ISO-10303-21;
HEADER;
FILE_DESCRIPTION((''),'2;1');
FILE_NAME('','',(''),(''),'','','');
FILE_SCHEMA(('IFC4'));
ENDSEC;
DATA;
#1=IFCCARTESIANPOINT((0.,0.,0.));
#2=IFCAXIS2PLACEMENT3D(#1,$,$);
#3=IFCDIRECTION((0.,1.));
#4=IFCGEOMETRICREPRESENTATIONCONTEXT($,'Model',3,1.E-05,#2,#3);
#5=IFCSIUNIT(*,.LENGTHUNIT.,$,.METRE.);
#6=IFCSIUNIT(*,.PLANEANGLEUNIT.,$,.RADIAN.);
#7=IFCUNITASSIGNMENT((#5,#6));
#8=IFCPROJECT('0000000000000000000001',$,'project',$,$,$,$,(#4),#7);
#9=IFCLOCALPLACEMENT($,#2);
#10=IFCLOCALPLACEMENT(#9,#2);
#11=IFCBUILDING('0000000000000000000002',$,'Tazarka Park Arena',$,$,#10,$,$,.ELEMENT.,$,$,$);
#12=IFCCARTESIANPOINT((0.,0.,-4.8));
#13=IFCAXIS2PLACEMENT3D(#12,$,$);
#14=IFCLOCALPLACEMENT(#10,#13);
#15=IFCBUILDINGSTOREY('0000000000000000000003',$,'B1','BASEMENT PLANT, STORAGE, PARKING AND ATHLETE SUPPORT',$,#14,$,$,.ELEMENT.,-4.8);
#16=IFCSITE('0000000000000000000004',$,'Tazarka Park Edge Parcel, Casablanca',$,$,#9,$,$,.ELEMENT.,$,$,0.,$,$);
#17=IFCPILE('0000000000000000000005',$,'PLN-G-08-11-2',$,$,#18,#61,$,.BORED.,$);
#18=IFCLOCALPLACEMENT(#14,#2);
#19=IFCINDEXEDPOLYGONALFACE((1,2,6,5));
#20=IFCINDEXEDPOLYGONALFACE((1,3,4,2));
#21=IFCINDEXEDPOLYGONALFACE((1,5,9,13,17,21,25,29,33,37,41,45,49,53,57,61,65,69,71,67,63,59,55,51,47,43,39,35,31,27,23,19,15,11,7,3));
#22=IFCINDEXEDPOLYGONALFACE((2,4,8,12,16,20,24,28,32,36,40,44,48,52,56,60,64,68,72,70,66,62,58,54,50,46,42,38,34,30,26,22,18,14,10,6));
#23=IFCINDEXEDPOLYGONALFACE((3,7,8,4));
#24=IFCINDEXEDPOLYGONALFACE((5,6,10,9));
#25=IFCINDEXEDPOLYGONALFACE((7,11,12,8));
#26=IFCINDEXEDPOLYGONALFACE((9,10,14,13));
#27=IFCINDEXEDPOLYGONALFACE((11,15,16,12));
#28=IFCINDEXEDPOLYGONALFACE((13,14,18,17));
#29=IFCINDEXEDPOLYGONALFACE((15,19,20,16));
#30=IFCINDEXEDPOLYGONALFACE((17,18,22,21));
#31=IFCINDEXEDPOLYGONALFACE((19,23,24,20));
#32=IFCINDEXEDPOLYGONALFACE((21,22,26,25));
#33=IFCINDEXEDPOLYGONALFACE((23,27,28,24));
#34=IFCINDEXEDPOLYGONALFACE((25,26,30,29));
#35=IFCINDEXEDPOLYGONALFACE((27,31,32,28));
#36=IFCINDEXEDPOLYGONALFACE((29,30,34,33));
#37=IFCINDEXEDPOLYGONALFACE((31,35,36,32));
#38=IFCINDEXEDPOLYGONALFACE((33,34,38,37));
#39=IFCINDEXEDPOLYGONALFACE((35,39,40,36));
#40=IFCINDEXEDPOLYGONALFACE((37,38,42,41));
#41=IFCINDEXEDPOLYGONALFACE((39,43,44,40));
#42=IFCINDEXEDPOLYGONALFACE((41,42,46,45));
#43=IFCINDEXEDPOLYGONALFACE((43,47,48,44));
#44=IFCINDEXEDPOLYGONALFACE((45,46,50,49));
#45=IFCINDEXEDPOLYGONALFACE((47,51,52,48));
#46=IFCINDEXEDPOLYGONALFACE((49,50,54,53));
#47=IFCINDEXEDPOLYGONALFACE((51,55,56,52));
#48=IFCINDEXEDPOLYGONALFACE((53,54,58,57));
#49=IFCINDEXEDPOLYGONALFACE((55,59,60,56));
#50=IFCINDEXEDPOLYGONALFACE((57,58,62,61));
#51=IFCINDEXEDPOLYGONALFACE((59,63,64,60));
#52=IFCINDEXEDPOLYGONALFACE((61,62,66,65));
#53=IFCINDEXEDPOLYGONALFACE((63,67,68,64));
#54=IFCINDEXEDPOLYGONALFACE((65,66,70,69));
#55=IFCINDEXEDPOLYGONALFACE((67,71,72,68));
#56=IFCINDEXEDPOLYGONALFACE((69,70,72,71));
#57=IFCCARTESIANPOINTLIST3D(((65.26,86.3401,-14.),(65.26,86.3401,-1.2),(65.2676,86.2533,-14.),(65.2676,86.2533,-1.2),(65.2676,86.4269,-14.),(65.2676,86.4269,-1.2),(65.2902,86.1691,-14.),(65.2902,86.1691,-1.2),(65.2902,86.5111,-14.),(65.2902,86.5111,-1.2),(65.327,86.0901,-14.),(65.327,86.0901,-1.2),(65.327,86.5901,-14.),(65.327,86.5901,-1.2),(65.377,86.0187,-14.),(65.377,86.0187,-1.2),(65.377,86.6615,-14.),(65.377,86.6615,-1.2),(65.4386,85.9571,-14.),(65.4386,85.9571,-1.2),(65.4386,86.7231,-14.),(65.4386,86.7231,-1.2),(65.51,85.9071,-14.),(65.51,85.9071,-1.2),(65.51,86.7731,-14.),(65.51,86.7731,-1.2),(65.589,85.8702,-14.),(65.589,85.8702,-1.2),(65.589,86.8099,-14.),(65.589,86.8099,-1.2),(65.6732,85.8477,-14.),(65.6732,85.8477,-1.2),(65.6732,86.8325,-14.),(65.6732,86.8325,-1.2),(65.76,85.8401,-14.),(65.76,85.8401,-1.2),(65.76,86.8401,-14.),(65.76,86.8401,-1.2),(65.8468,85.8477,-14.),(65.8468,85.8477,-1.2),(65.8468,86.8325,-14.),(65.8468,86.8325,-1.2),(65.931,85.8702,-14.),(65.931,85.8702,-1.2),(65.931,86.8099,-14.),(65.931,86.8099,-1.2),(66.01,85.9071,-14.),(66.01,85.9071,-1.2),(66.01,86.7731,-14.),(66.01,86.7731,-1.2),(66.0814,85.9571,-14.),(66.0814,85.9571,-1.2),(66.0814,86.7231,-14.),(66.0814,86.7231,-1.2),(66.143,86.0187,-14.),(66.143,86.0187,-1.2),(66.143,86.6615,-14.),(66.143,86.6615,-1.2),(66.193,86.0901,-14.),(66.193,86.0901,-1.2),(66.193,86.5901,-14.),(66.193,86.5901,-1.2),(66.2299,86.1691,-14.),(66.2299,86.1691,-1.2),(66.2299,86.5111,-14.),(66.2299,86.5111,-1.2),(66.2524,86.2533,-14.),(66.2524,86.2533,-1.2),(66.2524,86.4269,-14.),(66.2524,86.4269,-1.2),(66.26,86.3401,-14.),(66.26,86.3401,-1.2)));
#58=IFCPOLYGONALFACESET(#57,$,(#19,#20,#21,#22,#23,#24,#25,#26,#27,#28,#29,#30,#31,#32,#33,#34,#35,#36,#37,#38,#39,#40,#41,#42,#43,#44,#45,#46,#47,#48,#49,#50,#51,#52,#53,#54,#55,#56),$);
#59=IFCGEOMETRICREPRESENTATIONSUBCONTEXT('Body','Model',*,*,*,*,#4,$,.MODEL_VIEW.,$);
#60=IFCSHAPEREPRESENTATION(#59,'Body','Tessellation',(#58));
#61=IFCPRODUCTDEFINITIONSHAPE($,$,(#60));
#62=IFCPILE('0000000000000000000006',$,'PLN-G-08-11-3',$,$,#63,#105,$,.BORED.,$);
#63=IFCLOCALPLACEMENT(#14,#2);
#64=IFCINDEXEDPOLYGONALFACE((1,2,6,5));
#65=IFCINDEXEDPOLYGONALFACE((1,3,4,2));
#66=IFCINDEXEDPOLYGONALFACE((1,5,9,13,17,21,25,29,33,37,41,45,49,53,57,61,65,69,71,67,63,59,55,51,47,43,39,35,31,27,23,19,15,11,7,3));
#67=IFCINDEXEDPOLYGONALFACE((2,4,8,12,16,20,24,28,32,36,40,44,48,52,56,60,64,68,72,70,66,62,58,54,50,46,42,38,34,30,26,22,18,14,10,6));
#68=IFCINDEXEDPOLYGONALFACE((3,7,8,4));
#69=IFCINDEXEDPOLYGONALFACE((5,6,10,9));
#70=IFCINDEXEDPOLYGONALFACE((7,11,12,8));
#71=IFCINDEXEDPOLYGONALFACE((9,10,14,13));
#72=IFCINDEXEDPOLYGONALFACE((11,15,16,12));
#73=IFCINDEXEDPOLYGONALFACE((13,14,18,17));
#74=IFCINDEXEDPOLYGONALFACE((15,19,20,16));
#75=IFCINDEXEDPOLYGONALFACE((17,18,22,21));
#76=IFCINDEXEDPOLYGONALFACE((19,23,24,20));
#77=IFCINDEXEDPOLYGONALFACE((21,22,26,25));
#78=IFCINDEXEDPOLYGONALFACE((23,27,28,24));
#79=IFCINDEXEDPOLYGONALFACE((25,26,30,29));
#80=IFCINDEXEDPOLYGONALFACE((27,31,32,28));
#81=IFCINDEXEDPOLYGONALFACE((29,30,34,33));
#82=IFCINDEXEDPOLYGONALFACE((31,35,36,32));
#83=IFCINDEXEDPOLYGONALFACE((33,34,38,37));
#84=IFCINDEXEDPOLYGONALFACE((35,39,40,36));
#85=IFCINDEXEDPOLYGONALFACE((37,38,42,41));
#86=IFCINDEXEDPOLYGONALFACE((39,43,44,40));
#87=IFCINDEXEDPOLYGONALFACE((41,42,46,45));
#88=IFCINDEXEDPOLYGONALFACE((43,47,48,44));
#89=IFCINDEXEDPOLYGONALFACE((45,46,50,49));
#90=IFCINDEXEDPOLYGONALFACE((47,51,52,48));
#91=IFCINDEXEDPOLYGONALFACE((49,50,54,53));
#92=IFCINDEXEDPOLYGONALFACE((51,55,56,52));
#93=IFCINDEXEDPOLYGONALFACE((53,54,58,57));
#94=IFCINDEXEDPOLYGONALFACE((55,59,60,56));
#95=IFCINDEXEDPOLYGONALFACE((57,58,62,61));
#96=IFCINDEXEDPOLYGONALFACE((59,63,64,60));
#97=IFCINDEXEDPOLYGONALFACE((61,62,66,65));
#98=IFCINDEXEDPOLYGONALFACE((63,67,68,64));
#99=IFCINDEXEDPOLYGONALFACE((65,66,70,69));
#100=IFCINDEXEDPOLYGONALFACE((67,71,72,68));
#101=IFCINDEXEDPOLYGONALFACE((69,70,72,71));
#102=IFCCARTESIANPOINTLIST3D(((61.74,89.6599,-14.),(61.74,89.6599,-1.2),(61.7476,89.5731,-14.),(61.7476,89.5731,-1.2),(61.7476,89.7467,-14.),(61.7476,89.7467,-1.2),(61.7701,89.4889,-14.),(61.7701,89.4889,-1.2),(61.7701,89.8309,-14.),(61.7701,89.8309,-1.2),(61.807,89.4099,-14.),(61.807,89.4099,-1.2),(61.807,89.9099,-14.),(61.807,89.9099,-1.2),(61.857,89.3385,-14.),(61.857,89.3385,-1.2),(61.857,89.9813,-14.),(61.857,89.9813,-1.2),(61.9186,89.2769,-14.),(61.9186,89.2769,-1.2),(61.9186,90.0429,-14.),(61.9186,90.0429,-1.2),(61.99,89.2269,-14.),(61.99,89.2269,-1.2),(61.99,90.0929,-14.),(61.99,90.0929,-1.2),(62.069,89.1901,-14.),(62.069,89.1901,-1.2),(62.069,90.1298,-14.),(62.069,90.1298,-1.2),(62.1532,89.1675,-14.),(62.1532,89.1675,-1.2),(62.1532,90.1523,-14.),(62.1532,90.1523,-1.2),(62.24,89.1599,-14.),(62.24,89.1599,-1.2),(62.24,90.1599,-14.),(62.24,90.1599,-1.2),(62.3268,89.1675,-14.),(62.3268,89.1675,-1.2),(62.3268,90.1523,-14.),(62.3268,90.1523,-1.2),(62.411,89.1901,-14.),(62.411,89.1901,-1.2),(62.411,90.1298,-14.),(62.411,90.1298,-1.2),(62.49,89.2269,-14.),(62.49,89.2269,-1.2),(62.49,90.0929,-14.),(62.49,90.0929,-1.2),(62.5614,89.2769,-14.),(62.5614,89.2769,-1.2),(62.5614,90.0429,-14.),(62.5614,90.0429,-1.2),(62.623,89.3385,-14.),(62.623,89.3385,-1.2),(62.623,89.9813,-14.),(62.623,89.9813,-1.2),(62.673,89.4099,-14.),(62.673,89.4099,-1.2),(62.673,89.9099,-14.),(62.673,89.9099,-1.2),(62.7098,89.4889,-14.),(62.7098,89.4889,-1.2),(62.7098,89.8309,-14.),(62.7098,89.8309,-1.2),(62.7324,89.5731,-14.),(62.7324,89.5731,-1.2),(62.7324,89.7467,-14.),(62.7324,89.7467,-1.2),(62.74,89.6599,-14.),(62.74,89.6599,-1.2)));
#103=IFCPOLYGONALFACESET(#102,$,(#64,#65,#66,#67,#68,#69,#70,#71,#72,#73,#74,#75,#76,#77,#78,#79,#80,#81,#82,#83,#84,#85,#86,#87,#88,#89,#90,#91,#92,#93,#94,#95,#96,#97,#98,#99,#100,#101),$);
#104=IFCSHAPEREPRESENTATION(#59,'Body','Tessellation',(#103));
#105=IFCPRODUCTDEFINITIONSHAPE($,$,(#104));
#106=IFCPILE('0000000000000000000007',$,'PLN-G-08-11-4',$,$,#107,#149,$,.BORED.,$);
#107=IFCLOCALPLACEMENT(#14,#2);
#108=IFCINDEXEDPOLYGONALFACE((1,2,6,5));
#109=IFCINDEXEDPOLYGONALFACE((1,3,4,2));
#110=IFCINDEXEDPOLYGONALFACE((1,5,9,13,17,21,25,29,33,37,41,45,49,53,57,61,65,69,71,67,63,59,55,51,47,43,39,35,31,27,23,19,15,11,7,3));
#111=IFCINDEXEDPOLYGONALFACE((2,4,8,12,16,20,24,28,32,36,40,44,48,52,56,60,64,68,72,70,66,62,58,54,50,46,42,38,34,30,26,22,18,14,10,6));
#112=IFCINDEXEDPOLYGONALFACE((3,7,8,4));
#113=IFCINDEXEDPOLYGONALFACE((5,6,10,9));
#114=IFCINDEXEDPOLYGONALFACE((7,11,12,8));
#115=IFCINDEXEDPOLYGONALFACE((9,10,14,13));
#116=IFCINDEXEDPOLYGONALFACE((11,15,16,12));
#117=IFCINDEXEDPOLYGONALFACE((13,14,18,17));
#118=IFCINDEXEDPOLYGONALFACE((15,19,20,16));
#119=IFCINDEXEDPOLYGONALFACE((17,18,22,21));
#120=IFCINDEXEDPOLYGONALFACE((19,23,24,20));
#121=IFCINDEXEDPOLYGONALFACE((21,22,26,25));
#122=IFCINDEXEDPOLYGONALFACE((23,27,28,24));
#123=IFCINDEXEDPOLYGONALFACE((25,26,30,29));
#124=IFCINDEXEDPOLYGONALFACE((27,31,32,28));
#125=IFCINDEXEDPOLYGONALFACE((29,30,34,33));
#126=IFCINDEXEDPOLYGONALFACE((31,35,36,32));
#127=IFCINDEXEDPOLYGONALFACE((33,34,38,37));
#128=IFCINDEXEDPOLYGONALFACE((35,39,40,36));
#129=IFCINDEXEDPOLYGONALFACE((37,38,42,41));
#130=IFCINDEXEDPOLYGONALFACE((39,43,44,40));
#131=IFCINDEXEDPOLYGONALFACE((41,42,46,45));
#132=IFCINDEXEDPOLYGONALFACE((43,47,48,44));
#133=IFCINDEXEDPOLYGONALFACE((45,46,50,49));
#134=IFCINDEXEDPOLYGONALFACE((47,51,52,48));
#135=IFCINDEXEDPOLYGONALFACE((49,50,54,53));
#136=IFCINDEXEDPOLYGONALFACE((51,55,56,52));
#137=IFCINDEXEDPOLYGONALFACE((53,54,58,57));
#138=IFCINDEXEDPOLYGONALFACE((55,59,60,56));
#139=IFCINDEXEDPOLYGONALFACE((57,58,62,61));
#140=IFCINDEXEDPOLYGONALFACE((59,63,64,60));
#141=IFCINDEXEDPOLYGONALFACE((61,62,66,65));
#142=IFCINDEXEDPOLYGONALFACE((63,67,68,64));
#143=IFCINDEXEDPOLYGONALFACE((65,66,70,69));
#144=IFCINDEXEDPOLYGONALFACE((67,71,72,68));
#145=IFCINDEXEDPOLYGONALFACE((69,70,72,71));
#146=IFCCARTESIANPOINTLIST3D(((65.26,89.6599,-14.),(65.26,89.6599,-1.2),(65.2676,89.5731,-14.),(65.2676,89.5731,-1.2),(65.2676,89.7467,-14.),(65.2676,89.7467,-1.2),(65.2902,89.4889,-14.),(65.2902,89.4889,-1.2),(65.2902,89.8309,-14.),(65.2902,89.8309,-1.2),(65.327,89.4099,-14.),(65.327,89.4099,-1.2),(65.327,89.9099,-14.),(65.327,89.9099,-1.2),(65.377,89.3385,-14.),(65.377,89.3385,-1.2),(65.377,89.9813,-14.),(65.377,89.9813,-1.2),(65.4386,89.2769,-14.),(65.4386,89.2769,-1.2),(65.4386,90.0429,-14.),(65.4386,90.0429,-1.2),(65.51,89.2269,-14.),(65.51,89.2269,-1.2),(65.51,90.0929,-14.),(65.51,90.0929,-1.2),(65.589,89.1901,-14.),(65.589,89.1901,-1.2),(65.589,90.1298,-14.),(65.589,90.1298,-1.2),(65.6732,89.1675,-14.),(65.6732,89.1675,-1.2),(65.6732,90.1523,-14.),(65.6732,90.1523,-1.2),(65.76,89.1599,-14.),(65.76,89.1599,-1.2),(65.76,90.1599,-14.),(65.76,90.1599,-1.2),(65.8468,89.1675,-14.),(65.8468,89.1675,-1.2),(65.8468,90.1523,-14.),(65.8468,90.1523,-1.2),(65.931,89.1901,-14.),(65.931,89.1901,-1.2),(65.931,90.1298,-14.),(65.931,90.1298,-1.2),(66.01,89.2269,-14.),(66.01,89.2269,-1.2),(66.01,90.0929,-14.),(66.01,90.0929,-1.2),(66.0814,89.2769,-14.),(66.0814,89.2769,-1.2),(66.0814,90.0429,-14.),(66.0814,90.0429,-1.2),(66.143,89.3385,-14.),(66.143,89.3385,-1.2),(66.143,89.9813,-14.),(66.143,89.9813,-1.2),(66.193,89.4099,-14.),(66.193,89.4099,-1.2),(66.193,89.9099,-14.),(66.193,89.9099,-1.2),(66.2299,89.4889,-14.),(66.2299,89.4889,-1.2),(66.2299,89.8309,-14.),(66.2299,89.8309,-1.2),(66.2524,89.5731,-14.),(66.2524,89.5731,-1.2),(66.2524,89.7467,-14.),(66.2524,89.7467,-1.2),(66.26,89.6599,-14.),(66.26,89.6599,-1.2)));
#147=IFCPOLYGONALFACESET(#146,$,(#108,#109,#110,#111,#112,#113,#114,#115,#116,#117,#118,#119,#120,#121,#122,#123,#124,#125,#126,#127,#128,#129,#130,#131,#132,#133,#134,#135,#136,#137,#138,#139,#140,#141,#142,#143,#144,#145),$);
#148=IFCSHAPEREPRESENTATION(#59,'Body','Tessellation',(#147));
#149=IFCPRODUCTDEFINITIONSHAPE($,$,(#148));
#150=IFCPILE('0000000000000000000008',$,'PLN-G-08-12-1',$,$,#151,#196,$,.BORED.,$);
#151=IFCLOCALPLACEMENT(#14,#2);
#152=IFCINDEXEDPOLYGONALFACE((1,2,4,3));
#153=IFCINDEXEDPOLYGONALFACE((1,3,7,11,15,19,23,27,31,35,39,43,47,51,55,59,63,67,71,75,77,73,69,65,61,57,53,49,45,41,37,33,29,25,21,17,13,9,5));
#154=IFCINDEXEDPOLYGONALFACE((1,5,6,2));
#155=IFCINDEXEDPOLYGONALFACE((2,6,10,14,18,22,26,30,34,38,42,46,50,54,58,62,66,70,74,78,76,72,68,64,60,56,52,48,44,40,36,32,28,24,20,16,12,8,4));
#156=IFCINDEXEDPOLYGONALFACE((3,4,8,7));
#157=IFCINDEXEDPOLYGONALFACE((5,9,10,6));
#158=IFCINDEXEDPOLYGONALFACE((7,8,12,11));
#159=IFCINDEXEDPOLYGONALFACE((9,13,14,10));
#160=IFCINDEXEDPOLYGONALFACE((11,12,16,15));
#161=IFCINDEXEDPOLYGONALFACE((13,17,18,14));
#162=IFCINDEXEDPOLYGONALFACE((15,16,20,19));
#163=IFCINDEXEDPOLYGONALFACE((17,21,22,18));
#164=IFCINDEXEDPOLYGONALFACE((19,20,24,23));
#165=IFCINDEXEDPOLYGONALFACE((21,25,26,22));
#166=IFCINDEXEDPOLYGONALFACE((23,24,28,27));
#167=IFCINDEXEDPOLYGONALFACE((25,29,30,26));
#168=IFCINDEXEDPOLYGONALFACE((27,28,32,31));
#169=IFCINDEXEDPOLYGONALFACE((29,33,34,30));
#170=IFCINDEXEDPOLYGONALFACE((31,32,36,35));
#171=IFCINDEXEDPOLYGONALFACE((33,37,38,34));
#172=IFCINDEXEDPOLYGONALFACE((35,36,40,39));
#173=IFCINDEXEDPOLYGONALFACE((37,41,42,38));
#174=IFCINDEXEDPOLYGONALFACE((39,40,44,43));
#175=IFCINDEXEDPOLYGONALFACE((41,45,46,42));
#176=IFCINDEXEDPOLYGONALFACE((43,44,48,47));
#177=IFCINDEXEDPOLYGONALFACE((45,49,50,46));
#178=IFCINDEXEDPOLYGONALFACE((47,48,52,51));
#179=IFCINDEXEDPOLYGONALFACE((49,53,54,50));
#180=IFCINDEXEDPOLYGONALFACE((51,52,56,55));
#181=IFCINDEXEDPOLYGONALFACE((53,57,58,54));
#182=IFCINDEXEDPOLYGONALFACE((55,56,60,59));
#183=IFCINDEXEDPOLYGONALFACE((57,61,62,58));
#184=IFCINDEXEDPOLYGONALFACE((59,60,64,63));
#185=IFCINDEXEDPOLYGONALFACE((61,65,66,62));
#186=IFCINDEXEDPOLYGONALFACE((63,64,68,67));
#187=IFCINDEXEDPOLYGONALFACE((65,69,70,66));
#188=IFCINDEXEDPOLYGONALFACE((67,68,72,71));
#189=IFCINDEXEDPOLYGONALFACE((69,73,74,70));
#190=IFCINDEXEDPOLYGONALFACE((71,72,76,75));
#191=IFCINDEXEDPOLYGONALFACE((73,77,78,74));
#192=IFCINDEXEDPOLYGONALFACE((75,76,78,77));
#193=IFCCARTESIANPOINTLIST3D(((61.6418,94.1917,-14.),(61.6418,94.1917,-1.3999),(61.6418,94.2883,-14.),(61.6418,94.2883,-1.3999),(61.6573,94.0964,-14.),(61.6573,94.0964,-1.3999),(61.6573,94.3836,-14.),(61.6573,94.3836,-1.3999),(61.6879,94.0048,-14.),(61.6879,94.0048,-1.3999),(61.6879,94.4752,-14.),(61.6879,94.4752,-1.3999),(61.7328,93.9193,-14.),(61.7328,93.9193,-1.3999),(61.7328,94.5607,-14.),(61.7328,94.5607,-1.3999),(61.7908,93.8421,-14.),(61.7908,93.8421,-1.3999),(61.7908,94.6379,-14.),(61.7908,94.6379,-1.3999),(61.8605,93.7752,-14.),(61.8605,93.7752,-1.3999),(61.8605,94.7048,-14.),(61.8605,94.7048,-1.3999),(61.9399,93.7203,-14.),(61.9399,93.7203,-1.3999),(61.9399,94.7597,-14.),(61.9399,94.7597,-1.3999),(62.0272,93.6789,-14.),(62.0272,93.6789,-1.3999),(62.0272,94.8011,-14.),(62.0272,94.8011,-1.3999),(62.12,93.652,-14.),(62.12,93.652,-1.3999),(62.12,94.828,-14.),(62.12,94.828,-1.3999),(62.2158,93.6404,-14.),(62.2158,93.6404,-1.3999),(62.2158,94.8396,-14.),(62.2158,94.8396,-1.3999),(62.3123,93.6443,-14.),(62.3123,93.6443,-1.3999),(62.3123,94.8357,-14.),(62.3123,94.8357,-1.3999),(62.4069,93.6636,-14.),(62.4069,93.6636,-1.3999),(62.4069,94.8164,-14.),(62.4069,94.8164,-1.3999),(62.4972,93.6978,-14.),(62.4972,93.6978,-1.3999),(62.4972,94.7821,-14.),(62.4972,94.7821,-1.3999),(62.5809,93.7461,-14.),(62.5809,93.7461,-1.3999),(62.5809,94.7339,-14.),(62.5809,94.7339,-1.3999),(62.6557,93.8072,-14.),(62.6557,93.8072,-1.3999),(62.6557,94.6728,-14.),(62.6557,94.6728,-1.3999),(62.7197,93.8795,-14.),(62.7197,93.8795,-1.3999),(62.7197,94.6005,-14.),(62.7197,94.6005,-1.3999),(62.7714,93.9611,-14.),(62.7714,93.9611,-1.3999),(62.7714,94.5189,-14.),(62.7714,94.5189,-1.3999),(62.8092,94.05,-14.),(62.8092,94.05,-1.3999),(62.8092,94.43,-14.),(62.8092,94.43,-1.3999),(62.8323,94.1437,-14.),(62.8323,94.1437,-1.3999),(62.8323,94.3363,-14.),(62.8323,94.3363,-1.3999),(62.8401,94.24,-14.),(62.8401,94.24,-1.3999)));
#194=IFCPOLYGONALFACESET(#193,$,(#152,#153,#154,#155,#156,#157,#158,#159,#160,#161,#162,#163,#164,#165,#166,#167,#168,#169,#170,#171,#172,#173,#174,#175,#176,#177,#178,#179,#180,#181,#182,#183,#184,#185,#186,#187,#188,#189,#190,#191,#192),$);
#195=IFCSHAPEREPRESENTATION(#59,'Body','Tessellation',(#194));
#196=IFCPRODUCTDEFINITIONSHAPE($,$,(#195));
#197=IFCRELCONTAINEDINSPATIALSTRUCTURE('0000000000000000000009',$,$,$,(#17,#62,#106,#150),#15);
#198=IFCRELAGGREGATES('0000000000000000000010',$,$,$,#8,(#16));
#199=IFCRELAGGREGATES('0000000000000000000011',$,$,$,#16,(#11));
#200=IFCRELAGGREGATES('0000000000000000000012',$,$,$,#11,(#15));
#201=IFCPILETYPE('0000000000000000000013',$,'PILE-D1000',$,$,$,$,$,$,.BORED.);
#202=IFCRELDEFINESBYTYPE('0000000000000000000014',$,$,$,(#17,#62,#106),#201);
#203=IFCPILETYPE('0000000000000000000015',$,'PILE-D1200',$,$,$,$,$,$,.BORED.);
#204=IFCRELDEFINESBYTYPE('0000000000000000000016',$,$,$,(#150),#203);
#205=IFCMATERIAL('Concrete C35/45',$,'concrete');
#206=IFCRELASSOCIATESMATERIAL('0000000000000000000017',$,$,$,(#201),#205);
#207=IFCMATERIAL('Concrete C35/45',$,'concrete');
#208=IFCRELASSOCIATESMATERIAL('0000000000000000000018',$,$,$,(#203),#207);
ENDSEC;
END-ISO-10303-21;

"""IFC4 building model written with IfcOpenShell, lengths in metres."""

from ifc_helpers import new_model, si_unit, direction, frame, origin, origin_2d, place, context, subcontext, project, spatial, circle, extrude, material, material_profile, profile_set, type_object, element, save


model = new_model("IFC4")

# Units and contexts
model_context = context("Model", 3, precision=1e-05, world=origin(), true_north=direction((0.0, 1.0)))
body_context = subcontext(model_context, "Body", "Model", "MODEL_VIEW")
ifc_project = project(units=[si_unit("LENGTHUNIT", "METRE"), si_unit("PLANEANGLEUNIT", "RADIAN")], contexts=[model_context])

# Site, building, storey
site_placement = place(None, origin())
site = spatial("IfcSite", under=ifc_project, at=site_placement, Name="Tazarka Park Edge Parcel, Casablanca", CompositionType="ELEMENT", RefElevation=0.0)
building_placement = place(site_placement, origin())
building = spatial("IfcBuilding", under=site, at=building_placement, Name="Tazarka Park Arena", CompositionType="ELEMENT")
storey_placement = place(building_placement, frame((0.0, 0.0, -4.8)))
storey = spatial("IfcBuildingStorey", under=building, at=storey_placement, Name="B1", Description="BASEMENT PLANT, STORAGE, PARKING AND ATHLETE SUPPORT", CompositionType="ELEMENT", Elevation=-4.8)

# Piles
ifc_material_1 = material(Name="Concrete C35/45", Category="concrete")
ifc_material_profile_1 = material_profile(ifc_material_1, circle(Radius=0.5, at=origin_2d()), Name="Concrete C35/45")
ifc_profile_set_1 = profile_set([ifc_material_profile_1], Name="Concrete C35/45")
pile_type_1 = type_object("IfcPileType", Name="PILE-D1000", PredefinedType="BORED", material=ifc_profile_set_1)
for number, where, z_axis, x_axis, name in (
    (1, (65.76, 86.3401, -1.2), (0.0, 0.0, -1.0), (1.0, 0.0, 0.0), "PLN-G-08-11-2"),
    (2, (62.24, 89.6599, -1.2), (0.0, 0.0, -1.0), (1.0, 0.0, 0.0), "PLN-G-08-11-3"),
    (3, (65.76, 89.6599, -1.2), (0.0, 0.0, -1.0), (1.0, 0.0, 0.0), "PLN-G-08-11-4"),
):
    element("IfcPile", number, at=place(storey_placement, frame(where, z_axis=z_axis, x_axis=x_axis)), inside=storey, type_object=pile_type_1, Name=name, PredefinedType="BORED", context=body_context, shape_type="SweptSolid", body=[
        extrude(circle(Radius=0.5, at=origin_2d()), origin(), (0.0, 0.0, 1.0), 12.8),
    ])
ifc_material_2 = material(Name="Concrete C35/45", Category="concrete")
ifc_material_profile_2 = material_profile(ifc_material_2, circle(Radius=0.6001, at=origin_2d()), Name="Concrete C35/45")
ifc_profile_set_2 = profile_set([ifc_material_profile_2], Name="Concrete C35/45")
pile_type_2 = type_object("IfcPileType", Name="PILE-D1200", PredefinedType="BORED", material=ifc_profile_set_2)
for number, where, z_axis, x_axis, name in (
    (4, (62.24, 94.24, -1.3999), (0.0, 0.0, -1.0), (1.0, 0.0, 0.0), "PLN-G-08-12-1"),
):
    element("IfcPile", number, at=place(storey_placement, frame(where, z_axis=z_axis, x_axis=x_axis)), inside=storey, type_object=pile_type_2, Name=name, PredefinedType="BORED", context=body_context, shape_type="SweptSolid", body=[
        extrude(circle(Radius=0.6001, at=origin_2d()), origin(), (0.0, 0.0, 1.0), 12.6001),
    ])

save(model, "model.ifc")
